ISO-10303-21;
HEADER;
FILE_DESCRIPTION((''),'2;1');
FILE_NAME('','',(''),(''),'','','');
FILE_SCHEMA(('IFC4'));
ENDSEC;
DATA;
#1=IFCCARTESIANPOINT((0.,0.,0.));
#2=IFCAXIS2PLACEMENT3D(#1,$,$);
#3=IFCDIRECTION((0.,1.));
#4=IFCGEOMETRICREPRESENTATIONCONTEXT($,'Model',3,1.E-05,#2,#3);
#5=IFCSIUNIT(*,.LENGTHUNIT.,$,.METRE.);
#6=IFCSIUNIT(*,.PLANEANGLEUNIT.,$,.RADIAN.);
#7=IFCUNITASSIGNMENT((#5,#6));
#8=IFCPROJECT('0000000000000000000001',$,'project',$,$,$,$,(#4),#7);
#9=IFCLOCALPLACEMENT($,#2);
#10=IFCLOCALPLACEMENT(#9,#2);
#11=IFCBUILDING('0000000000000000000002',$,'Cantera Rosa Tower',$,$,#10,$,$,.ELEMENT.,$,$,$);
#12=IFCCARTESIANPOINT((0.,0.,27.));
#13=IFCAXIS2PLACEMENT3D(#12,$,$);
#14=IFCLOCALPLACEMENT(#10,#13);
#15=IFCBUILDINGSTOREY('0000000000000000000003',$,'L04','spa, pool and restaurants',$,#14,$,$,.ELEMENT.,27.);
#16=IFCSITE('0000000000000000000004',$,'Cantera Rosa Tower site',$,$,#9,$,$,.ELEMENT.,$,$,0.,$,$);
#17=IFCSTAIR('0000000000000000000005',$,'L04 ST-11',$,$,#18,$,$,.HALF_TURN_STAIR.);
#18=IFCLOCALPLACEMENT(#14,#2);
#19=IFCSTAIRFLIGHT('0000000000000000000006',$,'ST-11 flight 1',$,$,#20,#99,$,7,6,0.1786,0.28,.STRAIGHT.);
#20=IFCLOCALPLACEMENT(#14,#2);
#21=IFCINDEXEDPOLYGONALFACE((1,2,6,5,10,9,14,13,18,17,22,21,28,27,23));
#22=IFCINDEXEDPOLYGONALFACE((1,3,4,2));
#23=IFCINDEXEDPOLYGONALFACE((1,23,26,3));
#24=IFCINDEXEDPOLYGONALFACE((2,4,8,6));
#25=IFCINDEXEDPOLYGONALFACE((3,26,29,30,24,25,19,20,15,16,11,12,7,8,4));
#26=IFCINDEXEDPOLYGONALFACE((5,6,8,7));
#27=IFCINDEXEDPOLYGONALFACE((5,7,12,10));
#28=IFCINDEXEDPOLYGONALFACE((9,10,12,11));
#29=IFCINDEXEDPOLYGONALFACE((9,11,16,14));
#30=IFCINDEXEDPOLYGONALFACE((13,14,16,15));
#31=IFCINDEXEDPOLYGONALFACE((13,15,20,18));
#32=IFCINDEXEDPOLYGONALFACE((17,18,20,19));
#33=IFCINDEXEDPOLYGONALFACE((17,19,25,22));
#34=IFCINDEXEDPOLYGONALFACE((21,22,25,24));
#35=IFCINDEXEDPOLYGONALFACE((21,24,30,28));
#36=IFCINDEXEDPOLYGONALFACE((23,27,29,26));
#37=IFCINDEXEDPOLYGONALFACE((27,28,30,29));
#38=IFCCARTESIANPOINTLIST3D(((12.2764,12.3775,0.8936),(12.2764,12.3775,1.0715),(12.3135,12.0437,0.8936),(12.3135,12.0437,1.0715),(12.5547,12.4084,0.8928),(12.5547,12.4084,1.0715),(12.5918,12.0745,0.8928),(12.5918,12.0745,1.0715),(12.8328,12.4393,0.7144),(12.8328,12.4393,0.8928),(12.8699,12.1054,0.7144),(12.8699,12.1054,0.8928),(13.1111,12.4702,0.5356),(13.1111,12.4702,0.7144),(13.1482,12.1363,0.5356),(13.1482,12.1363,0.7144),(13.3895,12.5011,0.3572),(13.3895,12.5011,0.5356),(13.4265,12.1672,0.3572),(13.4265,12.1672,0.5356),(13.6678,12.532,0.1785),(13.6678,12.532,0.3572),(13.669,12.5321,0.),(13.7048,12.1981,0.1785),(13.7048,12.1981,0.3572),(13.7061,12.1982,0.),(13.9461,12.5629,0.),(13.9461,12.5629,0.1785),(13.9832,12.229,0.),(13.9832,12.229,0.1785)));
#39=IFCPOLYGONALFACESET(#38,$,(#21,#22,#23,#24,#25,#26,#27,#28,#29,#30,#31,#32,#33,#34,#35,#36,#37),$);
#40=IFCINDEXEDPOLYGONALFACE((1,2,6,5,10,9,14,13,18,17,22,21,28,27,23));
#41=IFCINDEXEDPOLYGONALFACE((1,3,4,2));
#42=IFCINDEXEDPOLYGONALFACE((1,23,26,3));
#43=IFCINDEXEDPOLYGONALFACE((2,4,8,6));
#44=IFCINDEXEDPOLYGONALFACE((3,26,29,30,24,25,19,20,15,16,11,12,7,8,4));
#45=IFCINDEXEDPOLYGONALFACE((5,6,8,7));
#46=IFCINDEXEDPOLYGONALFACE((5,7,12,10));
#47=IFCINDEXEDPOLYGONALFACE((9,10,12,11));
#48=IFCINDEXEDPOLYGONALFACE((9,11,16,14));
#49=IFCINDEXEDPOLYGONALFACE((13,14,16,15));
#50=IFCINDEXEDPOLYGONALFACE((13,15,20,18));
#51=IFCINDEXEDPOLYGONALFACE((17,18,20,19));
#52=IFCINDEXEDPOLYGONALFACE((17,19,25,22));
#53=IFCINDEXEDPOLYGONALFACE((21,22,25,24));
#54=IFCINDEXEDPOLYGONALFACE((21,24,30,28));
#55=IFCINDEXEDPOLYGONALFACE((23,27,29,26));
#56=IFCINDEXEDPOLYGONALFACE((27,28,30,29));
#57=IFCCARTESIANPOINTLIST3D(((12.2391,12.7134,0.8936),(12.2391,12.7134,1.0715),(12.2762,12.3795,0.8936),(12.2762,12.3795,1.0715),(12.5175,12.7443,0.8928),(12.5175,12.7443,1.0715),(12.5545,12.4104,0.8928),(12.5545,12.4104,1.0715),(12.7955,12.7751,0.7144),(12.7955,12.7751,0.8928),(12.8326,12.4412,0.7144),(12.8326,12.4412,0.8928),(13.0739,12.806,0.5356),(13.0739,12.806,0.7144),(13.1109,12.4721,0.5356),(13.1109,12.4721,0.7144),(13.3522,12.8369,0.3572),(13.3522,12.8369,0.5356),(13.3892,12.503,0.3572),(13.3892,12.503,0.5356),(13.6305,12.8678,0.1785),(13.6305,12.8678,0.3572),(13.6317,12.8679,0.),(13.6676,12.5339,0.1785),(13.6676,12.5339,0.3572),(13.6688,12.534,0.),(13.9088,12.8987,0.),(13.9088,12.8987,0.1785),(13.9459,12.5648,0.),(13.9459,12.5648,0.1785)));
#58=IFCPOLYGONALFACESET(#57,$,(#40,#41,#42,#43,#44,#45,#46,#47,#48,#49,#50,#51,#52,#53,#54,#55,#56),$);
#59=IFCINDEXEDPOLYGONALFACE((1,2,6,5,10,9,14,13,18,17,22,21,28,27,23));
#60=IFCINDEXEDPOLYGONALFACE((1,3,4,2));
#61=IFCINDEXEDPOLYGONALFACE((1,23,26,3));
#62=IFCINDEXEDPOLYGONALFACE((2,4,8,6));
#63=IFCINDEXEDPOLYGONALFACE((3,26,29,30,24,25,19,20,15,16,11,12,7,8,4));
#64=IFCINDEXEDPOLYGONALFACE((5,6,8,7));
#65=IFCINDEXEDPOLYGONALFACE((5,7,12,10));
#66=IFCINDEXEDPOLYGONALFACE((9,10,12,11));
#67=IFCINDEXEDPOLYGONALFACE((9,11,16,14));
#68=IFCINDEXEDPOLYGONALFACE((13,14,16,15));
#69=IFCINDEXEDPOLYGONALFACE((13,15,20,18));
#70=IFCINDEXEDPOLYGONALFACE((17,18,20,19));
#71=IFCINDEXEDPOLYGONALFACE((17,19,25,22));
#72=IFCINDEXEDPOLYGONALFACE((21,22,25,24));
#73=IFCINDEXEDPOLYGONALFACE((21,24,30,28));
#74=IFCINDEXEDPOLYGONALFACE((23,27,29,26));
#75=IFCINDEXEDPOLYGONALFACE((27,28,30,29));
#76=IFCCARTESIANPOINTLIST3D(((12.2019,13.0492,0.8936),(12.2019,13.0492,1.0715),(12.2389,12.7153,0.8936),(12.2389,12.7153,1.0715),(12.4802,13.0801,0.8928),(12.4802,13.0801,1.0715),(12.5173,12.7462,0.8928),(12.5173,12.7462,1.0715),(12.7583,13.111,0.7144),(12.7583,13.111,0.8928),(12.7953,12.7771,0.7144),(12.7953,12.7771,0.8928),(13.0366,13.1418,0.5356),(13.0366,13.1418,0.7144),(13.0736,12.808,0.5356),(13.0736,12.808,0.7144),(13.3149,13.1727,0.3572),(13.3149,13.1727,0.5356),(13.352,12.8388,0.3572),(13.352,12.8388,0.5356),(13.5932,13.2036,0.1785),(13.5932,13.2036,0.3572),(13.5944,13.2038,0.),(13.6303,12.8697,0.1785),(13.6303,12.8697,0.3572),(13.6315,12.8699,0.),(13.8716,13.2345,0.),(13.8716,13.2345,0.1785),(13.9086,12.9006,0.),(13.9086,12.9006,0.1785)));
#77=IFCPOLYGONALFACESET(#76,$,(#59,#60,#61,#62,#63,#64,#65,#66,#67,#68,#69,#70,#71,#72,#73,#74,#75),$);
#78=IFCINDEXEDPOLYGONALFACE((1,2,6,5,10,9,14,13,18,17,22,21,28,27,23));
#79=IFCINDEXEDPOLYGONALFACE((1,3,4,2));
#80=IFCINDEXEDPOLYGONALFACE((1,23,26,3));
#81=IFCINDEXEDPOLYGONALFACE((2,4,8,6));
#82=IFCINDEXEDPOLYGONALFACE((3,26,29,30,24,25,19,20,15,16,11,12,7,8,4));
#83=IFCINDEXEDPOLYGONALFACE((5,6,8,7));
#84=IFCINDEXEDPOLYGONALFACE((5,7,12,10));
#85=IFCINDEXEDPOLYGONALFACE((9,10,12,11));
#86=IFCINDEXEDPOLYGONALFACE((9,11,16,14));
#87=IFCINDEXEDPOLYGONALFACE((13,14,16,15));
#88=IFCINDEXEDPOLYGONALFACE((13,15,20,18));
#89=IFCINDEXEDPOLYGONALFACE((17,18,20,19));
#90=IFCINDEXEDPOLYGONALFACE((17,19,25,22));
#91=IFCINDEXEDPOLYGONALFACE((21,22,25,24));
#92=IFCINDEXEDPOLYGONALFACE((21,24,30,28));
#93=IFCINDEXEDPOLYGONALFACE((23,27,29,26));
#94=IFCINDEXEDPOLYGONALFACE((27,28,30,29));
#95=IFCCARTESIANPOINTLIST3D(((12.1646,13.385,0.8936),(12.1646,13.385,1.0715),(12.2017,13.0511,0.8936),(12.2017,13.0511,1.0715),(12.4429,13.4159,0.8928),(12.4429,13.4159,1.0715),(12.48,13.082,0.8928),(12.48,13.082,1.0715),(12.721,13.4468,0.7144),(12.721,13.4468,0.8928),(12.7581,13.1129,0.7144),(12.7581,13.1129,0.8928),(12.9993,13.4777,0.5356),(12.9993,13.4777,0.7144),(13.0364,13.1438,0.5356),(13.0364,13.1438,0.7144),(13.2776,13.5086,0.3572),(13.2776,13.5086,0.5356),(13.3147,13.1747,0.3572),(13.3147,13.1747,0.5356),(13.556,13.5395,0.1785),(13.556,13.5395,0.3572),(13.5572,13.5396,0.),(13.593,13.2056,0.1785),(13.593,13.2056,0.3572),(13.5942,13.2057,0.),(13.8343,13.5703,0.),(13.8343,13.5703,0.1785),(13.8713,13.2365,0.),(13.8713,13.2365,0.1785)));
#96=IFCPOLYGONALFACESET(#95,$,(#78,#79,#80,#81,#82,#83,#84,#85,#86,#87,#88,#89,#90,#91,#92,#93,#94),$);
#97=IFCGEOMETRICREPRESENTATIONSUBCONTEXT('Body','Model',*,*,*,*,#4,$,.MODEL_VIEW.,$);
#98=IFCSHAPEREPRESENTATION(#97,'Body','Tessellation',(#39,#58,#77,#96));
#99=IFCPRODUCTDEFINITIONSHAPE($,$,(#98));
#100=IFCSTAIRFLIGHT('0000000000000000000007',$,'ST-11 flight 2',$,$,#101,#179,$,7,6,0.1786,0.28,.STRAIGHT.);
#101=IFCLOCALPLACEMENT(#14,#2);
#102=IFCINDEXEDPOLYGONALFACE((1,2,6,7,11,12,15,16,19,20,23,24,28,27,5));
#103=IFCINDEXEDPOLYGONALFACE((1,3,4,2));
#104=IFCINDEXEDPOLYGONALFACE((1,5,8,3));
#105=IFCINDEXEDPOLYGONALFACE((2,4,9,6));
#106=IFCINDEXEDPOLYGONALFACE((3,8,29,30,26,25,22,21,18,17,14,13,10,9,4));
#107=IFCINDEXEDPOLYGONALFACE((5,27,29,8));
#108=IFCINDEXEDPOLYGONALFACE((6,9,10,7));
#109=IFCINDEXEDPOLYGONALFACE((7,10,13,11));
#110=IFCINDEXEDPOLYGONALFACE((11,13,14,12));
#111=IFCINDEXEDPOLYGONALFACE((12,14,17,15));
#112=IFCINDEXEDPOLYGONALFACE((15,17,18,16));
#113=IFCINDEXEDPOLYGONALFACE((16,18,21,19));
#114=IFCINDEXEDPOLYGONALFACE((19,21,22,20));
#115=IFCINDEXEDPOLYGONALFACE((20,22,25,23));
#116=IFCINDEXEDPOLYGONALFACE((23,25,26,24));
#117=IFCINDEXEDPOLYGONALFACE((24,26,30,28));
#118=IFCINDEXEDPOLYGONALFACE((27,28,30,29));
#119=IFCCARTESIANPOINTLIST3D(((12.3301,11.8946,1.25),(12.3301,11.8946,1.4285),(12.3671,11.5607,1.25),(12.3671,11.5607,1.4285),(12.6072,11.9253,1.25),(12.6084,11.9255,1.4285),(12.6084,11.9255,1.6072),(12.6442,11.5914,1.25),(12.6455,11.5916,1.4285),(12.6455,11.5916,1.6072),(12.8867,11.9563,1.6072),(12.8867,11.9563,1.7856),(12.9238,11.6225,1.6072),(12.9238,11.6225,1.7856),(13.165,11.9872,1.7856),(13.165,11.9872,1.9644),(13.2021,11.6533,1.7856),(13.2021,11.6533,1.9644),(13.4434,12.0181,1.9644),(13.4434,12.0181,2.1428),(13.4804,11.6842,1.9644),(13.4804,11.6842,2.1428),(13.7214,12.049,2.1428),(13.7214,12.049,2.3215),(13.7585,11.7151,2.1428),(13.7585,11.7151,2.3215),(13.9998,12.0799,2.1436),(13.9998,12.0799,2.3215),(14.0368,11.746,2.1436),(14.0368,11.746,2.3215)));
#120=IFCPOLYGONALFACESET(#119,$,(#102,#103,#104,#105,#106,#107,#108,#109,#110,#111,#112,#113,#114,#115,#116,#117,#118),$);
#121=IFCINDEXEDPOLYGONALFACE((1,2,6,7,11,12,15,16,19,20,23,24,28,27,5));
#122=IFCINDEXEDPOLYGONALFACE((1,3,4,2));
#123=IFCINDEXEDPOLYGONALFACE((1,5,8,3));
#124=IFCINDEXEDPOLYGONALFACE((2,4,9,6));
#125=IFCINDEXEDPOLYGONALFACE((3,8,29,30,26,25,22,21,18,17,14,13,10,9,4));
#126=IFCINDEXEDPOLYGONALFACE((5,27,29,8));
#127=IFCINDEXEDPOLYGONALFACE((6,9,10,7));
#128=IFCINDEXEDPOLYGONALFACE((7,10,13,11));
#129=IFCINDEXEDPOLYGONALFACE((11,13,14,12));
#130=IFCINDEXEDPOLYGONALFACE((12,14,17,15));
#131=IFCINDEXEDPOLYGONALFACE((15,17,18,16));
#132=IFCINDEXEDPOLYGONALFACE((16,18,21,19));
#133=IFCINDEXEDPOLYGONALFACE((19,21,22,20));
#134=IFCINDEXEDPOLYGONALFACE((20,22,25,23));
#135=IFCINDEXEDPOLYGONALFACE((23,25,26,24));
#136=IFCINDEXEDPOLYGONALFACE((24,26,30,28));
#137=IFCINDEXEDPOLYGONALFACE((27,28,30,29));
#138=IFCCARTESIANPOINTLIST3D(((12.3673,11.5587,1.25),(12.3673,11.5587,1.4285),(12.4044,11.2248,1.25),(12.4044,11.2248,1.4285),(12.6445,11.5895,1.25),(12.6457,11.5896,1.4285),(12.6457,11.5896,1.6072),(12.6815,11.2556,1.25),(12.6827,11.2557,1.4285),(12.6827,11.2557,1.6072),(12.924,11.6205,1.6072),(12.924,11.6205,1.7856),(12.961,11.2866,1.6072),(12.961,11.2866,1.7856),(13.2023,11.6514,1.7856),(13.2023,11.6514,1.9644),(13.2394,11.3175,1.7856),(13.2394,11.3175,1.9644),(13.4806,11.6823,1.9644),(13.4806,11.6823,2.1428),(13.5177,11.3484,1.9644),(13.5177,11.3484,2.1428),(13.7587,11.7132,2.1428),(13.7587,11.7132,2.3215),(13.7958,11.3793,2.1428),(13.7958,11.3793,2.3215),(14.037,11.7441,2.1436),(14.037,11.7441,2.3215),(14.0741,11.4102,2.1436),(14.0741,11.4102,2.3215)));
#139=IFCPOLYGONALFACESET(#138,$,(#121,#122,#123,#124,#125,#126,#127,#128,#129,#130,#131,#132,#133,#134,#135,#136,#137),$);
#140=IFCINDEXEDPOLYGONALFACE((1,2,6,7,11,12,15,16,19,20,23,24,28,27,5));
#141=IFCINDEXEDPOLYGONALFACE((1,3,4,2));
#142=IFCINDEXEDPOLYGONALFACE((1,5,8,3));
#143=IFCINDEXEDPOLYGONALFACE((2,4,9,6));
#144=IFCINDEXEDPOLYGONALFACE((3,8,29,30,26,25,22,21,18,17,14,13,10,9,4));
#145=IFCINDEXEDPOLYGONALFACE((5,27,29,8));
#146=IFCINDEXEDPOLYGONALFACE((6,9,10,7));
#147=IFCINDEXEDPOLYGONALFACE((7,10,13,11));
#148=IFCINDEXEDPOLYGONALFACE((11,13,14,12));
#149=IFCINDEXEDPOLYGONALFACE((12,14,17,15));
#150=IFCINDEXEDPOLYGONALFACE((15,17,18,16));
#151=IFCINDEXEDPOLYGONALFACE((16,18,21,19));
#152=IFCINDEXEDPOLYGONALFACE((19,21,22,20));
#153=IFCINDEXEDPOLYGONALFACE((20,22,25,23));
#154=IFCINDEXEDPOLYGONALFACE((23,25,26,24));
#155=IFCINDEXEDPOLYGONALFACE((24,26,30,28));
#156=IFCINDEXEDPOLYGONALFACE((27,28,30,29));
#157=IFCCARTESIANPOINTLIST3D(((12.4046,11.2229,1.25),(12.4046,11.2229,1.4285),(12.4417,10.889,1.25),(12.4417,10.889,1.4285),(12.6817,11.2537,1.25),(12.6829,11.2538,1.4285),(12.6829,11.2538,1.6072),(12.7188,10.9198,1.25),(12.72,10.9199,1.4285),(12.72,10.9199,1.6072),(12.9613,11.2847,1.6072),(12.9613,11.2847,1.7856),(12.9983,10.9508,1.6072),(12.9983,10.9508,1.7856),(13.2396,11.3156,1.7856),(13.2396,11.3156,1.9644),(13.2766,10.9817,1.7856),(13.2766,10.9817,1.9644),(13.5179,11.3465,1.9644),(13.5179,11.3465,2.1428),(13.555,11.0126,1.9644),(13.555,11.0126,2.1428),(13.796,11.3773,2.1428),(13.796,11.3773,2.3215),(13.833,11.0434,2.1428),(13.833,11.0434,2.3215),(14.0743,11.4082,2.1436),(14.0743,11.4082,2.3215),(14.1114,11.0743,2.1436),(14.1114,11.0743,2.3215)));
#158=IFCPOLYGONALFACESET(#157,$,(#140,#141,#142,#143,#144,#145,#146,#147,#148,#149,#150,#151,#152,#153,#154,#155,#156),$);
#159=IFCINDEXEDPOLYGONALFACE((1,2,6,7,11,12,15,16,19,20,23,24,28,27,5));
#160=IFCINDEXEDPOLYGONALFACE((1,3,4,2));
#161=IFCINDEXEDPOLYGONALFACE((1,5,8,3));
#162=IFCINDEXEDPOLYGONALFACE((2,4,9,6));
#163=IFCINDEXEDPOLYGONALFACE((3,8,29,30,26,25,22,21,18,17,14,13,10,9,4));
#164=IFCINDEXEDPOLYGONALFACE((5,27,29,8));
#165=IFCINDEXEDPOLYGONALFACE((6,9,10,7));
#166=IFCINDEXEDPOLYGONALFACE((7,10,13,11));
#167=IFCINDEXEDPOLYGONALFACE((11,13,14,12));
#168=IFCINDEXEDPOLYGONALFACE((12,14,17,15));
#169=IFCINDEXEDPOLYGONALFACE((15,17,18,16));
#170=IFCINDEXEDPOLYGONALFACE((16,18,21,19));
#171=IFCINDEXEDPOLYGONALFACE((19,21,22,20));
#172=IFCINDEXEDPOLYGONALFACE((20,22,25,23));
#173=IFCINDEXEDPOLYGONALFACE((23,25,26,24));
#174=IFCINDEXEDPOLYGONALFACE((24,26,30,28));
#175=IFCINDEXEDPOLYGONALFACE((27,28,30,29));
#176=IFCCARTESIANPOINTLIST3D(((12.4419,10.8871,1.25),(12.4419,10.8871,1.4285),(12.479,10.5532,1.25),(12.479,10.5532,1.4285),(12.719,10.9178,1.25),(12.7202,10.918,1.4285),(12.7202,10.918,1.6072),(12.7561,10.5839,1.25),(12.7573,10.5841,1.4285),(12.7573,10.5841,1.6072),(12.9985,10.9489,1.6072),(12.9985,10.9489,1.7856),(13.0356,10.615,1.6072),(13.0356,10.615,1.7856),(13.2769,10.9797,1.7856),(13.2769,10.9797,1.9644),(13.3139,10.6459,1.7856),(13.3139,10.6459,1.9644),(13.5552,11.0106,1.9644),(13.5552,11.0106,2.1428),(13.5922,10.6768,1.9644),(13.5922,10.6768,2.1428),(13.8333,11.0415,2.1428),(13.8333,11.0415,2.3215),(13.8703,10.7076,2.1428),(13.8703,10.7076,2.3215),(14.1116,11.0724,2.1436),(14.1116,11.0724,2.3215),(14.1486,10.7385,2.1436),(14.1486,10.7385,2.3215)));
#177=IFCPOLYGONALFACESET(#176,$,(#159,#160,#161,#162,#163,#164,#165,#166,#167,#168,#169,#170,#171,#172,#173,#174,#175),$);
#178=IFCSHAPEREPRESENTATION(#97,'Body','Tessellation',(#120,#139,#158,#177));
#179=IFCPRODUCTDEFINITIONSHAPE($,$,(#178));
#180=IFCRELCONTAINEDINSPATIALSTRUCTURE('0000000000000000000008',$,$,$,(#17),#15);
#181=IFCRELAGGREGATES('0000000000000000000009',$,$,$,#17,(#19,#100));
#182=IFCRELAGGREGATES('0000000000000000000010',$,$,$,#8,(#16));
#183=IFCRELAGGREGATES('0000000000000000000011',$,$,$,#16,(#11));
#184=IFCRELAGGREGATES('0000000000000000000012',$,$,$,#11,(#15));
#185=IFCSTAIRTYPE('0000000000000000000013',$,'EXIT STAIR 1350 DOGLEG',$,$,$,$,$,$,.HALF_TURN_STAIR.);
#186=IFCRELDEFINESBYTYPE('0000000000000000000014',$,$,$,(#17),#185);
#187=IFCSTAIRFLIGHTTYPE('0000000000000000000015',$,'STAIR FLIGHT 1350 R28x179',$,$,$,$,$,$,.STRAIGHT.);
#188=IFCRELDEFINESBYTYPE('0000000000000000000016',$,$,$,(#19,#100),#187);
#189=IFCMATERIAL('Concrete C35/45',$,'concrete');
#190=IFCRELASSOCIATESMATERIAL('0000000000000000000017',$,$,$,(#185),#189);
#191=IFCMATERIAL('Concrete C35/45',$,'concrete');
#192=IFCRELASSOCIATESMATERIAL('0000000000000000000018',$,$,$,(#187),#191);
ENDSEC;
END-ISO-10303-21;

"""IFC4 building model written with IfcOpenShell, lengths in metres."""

from ifc_helpers import new_model, si_unit, direction, frame, origin, place, context, subcontext, project, spatial, polyline, outline, extrude, material, type_object, element, aggregate, save


model = new_model("IFC4")

# Units and contexts
model_context = context("Model", 3, precision=1e-05, world=origin(), true_north=direction((0.0, 1.0)))
body_context = subcontext(model_context, "Body", "Model", "MODEL_VIEW")
ifc_project = project(units=[si_unit("LENGTHUNIT", "METRE"), si_unit("PLANEANGLEUNIT", "RADIAN")], contexts=[model_context])

# Site, building, storey
site_placement = place(None, origin())
site = spatial("IfcSite", under=ifc_project, at=site_placement, Name="Cantera Rosa Tower site", CompositionType="ELEMENT", RefElevation=0.0)
building_placement = place(site_placement, origin())
building = spatial("IfcBuilding", under=site, at=building_placement, Name="Cantera Rosa Tower", CompositionType="ELEMENT")
storey_placement = place(building_placement, frame((0.0, 0.0, 27.0)))
storey = spatial("IfcBuildingStorey", under=building, at=storey_placement, Name="L04", Description="spa, pool and restaurants", CompositionType="ELEMENT", Elevation=27.0)

# Stair, stair flights
ifc_material_1 = material(Name="Concrete C35/45", Category="concrete")
stair_type = type_object("IfcStairType", Name="EXIT STAIR 1350 DOGLEG", PredefinedType="HALF_TURN_STAIR", material=ifc_material_1)
stair_placement = place(storey_placement, origin())
stair = element("IfcStair", 1, at=stair_placement, inside=storey, type_object=stair_type, Name="L04 ST-11", PredefinedType="HALF_TURN_STAIR")
ifc_material_2 = material(Name="Concrete C35/45", Category="concrete")
stair_flight_type = type_object("IfcStairFlightType", Name="STAIR FLIGHT 1350 R28x179", PredefinedType="STRAIGHT", material=ifc_material_2)
stair_flight_1_placement = place(storey_placement, frame((13.9087, 12.8999, 0.0), z_axis=(0.0, 0.0, 1.0), x_axis=(-0.993897, -0.110313, 0.0)))
stair_flight_1 = element("IfcStairFlight", 2, at=stair_flight_1_placement, type_object=stair_flight_type, Name="ST-11 flight 1", NumberOfRisers=7, NumberOfTreads=6, PredefinedType="STRAIGHT", RiserHeight=0.1786, TreadLength=0.28, context=body_context, shape_type="SweptSolid", body=[
    extrude(outline(polyline([(0.0, 0.0), (0.0, 0.1785), (0.28, 0.1785), (0.28, 0.3572), (0.5601, 0.3572), (0.5601, 0.5356), (0.8401, 0.5356), (0.8401, 0.7144), (1.1201, 0.7144), (1.1201, 0.8928), (1.3999, 0.8928), (1.3999, 1.0715), (1.6799, 1.0715), (1.6799, 1.25), (1.6799, 0.8936), (0.2788, 0.0), (0.0, 0.0)])), frame((0.0, 0.675, 0.0), z_axis=(0.0, -1.0, 0.0), x_axis=(1.0, 0.0, 0.0)), (0.0, 0.0, 1.0), 0.3359),
    extrude(outline(polyline([(0.0, 0.0), (0.0, 0.1785), (0.28, 0.1785), (0.28, 0.3572), (0.5601, 0.3572), (0.5601, 0.5356), (0.8401, 0.5356), (0.8401, 0.7144), (1.1201, 0.7144), (1.1201, 0.8928), (1.3999, 0.8928), (1.3999, 1.0715), (1.6799, 1.0715), (1.6799, 1.25), (1.6799, 0.8936), (0.2788, 0.0), (0.0, 0.0)])), frame((0.0, 0.3372, 0.0), z_axis=(0.0, -1.0, 0.0), x_axis=(1.0, 0.0, 0.0)), (0.0, 0.0, 1.0), 0.3359),
    extrude(outline(polyline([(0.0, 0.0), (0.0, 0.1785), (0.28, 0.1785), (0.28, 0.3572), (0.5601, 0.3572), (0.5601, 0.5356), (0.8401, 0.5356), (0.8401, 0.7144), (1.1201, 0.7144), (1.1201, 0.8928), (1.3999, 0.8928), (1.3999, 1.0715), (1.6799, 1.0715), (1.6799, 1.25), (1.6799, 0.8936), (0.2788, 0.0), (0.0, 0.0)])), frame((0.0, -0.0007, 0.0), z_axis=(0.0, -1.0, 0.0), x_axis=(1.0, 0.0, 0.0)), (0.0, 0.0, 1.0), 0.3359),
    extrude(outline(polyline([(0.0, 0.0), (0.0, 0.1785), (0.28, 0.1785), (0.28, 0.3572), (0.5601, 0.3572), (0.5601, 0.5356), (0.8401, 0.5356), (0.8401, 0.7144), (1.1201, 0.7144), (1.1201, 0.8928), (1.3999, 0.8928), (1.3999, 1.0715), (1.6799, 1.0715), (1.6799, 1.25), (1.6799, 0.8936), (0.2788, 0.0), (0.0, 0.0)])), frame((0.0, -0.3386, 0.0), z_axis=(0.0, -1.0, 0.0), x_axis=(1.0, 0.0, 0.0)), (0.0, 0.0, 1.0), 0.3359),
])
stair_flight_2_placement = place(storey_placement, frame((12.4045, 11.2236, 1.25), z_axis=(0.0, 0.0, 1.0), x_axis=(0.993897, 0.110313, 0.0)))
stair_flight_2 = element("IfcStairFlight", 3, at=stair_flight_2_placement, type_object=stair_flight_type, Name="ST-11 flight 2", NumberOfRisers=7, NumberOfTreads=6, PredefinedType="STRAIGHT", RiserHeight=0.1786, TreadLength=0.28, context=body_context, shape_type="SweptSolid", body=[
    extrude(outline(polyline([(0.0, 0.0), (0.0, 0.1785), (0.28, 0.1785), (0.28, 0.3572), (0.5601, 0.3572), (0.5601, 0.5356), (0.8401, 0.5356), (0.8401, 0.7144), (1.1201, 0.7144), (1.1201, 0.8928), (1.3999, 0.8928), (1.3999, 1.0715), (1.6799, 1.0715), (1.6799, 1.25), (1.6799, 0.8936), (0.2788, 0.0), (0.0, 0.0)])), frame((0.0, 0.675, 0.0), z_axis=(0.0, -1.0, 0.0), x_axis=(1.0, 0.0, 0.0)), (0.0, 0.0, 1.0), 0.3359),
    extrude(outline(polyline([(0.0, 0.0), (0.0, 0.1785), (0.28, 0.1785), (0.28, 0.3572), (0.5601, 0.3572), (0.5601, 0.5356), (0.8401, 0.5356), (0.8401, 0.7144), (1.1201, 0.7144), (1.1201, 0.8928), (1.3999, 0.8928), (1.3999, 1.0715), (1.6799, 1.0715), (1.6799, 1.25), (1.6799, 0.8936), (0.2788, 0.0), (0.0, 0.0)])), frame((0.0, 0.3372, 0.0), z_axis=(0.0, -1.0, 0.0), x_axis=(1.0, 0.0, 0.0)), (0.0, 0.0, 1.0), 0.3359),
    extrude(outline(polyline([(0.0, 0.0), (0.0, 0.1785), (0.28, 0.1785), (0.28, 0.3572), (0.5601, 0.3572), (0.5601, 0.5356), (0.8401, 0.5356), (0.8401, 0.7144), (1.1201, 0.7144), (1.1201, 0.8928), (1.3999, 0.8928), (1.3999, 1.0715), (1.6799, 1.0715), (1.6799, 1.25), (1.6799, 0.8936), (0.2788, 0.0), (0.0, 0.0)])), frame((0.0, -0.0007, 0.0), z_axis=(0.0, -1.0, 0.0), x_axis=(1.0, 0.0, 0.0)), (0.0, 0.0, 1.0), 0.3359),
    extrude(outline(polyline([(0.0, 0.0), (0.0, 0.1785), (0.28, 0.1785), (0.28, 0.3572), (0.5601, 0.3572), (0.5601, 0.5356), (0.8401, 0.5356), (0.8401, 0.7144), (1.1201, 0.7144), (1.1201, 0.8928), (1.3999, 0.8928), (1.3999, 1.0715), (1.6799, 1.0715), (1.6799, 1.25), (1.6799, 0.8936), (0.2788, 0.0), (0.0, 0.0)])), frame((0.0, -0.3386, 0.0), z_axis=(0.0, -1.0, 0.0), x_axis=(1.0, 0.0, 0.0)), (0.0, 0.0, 1.0), 0.3359),
])
aggregate(stair, [stair_flight_1, stair_flight_2])

save(model, "model.ifc")
